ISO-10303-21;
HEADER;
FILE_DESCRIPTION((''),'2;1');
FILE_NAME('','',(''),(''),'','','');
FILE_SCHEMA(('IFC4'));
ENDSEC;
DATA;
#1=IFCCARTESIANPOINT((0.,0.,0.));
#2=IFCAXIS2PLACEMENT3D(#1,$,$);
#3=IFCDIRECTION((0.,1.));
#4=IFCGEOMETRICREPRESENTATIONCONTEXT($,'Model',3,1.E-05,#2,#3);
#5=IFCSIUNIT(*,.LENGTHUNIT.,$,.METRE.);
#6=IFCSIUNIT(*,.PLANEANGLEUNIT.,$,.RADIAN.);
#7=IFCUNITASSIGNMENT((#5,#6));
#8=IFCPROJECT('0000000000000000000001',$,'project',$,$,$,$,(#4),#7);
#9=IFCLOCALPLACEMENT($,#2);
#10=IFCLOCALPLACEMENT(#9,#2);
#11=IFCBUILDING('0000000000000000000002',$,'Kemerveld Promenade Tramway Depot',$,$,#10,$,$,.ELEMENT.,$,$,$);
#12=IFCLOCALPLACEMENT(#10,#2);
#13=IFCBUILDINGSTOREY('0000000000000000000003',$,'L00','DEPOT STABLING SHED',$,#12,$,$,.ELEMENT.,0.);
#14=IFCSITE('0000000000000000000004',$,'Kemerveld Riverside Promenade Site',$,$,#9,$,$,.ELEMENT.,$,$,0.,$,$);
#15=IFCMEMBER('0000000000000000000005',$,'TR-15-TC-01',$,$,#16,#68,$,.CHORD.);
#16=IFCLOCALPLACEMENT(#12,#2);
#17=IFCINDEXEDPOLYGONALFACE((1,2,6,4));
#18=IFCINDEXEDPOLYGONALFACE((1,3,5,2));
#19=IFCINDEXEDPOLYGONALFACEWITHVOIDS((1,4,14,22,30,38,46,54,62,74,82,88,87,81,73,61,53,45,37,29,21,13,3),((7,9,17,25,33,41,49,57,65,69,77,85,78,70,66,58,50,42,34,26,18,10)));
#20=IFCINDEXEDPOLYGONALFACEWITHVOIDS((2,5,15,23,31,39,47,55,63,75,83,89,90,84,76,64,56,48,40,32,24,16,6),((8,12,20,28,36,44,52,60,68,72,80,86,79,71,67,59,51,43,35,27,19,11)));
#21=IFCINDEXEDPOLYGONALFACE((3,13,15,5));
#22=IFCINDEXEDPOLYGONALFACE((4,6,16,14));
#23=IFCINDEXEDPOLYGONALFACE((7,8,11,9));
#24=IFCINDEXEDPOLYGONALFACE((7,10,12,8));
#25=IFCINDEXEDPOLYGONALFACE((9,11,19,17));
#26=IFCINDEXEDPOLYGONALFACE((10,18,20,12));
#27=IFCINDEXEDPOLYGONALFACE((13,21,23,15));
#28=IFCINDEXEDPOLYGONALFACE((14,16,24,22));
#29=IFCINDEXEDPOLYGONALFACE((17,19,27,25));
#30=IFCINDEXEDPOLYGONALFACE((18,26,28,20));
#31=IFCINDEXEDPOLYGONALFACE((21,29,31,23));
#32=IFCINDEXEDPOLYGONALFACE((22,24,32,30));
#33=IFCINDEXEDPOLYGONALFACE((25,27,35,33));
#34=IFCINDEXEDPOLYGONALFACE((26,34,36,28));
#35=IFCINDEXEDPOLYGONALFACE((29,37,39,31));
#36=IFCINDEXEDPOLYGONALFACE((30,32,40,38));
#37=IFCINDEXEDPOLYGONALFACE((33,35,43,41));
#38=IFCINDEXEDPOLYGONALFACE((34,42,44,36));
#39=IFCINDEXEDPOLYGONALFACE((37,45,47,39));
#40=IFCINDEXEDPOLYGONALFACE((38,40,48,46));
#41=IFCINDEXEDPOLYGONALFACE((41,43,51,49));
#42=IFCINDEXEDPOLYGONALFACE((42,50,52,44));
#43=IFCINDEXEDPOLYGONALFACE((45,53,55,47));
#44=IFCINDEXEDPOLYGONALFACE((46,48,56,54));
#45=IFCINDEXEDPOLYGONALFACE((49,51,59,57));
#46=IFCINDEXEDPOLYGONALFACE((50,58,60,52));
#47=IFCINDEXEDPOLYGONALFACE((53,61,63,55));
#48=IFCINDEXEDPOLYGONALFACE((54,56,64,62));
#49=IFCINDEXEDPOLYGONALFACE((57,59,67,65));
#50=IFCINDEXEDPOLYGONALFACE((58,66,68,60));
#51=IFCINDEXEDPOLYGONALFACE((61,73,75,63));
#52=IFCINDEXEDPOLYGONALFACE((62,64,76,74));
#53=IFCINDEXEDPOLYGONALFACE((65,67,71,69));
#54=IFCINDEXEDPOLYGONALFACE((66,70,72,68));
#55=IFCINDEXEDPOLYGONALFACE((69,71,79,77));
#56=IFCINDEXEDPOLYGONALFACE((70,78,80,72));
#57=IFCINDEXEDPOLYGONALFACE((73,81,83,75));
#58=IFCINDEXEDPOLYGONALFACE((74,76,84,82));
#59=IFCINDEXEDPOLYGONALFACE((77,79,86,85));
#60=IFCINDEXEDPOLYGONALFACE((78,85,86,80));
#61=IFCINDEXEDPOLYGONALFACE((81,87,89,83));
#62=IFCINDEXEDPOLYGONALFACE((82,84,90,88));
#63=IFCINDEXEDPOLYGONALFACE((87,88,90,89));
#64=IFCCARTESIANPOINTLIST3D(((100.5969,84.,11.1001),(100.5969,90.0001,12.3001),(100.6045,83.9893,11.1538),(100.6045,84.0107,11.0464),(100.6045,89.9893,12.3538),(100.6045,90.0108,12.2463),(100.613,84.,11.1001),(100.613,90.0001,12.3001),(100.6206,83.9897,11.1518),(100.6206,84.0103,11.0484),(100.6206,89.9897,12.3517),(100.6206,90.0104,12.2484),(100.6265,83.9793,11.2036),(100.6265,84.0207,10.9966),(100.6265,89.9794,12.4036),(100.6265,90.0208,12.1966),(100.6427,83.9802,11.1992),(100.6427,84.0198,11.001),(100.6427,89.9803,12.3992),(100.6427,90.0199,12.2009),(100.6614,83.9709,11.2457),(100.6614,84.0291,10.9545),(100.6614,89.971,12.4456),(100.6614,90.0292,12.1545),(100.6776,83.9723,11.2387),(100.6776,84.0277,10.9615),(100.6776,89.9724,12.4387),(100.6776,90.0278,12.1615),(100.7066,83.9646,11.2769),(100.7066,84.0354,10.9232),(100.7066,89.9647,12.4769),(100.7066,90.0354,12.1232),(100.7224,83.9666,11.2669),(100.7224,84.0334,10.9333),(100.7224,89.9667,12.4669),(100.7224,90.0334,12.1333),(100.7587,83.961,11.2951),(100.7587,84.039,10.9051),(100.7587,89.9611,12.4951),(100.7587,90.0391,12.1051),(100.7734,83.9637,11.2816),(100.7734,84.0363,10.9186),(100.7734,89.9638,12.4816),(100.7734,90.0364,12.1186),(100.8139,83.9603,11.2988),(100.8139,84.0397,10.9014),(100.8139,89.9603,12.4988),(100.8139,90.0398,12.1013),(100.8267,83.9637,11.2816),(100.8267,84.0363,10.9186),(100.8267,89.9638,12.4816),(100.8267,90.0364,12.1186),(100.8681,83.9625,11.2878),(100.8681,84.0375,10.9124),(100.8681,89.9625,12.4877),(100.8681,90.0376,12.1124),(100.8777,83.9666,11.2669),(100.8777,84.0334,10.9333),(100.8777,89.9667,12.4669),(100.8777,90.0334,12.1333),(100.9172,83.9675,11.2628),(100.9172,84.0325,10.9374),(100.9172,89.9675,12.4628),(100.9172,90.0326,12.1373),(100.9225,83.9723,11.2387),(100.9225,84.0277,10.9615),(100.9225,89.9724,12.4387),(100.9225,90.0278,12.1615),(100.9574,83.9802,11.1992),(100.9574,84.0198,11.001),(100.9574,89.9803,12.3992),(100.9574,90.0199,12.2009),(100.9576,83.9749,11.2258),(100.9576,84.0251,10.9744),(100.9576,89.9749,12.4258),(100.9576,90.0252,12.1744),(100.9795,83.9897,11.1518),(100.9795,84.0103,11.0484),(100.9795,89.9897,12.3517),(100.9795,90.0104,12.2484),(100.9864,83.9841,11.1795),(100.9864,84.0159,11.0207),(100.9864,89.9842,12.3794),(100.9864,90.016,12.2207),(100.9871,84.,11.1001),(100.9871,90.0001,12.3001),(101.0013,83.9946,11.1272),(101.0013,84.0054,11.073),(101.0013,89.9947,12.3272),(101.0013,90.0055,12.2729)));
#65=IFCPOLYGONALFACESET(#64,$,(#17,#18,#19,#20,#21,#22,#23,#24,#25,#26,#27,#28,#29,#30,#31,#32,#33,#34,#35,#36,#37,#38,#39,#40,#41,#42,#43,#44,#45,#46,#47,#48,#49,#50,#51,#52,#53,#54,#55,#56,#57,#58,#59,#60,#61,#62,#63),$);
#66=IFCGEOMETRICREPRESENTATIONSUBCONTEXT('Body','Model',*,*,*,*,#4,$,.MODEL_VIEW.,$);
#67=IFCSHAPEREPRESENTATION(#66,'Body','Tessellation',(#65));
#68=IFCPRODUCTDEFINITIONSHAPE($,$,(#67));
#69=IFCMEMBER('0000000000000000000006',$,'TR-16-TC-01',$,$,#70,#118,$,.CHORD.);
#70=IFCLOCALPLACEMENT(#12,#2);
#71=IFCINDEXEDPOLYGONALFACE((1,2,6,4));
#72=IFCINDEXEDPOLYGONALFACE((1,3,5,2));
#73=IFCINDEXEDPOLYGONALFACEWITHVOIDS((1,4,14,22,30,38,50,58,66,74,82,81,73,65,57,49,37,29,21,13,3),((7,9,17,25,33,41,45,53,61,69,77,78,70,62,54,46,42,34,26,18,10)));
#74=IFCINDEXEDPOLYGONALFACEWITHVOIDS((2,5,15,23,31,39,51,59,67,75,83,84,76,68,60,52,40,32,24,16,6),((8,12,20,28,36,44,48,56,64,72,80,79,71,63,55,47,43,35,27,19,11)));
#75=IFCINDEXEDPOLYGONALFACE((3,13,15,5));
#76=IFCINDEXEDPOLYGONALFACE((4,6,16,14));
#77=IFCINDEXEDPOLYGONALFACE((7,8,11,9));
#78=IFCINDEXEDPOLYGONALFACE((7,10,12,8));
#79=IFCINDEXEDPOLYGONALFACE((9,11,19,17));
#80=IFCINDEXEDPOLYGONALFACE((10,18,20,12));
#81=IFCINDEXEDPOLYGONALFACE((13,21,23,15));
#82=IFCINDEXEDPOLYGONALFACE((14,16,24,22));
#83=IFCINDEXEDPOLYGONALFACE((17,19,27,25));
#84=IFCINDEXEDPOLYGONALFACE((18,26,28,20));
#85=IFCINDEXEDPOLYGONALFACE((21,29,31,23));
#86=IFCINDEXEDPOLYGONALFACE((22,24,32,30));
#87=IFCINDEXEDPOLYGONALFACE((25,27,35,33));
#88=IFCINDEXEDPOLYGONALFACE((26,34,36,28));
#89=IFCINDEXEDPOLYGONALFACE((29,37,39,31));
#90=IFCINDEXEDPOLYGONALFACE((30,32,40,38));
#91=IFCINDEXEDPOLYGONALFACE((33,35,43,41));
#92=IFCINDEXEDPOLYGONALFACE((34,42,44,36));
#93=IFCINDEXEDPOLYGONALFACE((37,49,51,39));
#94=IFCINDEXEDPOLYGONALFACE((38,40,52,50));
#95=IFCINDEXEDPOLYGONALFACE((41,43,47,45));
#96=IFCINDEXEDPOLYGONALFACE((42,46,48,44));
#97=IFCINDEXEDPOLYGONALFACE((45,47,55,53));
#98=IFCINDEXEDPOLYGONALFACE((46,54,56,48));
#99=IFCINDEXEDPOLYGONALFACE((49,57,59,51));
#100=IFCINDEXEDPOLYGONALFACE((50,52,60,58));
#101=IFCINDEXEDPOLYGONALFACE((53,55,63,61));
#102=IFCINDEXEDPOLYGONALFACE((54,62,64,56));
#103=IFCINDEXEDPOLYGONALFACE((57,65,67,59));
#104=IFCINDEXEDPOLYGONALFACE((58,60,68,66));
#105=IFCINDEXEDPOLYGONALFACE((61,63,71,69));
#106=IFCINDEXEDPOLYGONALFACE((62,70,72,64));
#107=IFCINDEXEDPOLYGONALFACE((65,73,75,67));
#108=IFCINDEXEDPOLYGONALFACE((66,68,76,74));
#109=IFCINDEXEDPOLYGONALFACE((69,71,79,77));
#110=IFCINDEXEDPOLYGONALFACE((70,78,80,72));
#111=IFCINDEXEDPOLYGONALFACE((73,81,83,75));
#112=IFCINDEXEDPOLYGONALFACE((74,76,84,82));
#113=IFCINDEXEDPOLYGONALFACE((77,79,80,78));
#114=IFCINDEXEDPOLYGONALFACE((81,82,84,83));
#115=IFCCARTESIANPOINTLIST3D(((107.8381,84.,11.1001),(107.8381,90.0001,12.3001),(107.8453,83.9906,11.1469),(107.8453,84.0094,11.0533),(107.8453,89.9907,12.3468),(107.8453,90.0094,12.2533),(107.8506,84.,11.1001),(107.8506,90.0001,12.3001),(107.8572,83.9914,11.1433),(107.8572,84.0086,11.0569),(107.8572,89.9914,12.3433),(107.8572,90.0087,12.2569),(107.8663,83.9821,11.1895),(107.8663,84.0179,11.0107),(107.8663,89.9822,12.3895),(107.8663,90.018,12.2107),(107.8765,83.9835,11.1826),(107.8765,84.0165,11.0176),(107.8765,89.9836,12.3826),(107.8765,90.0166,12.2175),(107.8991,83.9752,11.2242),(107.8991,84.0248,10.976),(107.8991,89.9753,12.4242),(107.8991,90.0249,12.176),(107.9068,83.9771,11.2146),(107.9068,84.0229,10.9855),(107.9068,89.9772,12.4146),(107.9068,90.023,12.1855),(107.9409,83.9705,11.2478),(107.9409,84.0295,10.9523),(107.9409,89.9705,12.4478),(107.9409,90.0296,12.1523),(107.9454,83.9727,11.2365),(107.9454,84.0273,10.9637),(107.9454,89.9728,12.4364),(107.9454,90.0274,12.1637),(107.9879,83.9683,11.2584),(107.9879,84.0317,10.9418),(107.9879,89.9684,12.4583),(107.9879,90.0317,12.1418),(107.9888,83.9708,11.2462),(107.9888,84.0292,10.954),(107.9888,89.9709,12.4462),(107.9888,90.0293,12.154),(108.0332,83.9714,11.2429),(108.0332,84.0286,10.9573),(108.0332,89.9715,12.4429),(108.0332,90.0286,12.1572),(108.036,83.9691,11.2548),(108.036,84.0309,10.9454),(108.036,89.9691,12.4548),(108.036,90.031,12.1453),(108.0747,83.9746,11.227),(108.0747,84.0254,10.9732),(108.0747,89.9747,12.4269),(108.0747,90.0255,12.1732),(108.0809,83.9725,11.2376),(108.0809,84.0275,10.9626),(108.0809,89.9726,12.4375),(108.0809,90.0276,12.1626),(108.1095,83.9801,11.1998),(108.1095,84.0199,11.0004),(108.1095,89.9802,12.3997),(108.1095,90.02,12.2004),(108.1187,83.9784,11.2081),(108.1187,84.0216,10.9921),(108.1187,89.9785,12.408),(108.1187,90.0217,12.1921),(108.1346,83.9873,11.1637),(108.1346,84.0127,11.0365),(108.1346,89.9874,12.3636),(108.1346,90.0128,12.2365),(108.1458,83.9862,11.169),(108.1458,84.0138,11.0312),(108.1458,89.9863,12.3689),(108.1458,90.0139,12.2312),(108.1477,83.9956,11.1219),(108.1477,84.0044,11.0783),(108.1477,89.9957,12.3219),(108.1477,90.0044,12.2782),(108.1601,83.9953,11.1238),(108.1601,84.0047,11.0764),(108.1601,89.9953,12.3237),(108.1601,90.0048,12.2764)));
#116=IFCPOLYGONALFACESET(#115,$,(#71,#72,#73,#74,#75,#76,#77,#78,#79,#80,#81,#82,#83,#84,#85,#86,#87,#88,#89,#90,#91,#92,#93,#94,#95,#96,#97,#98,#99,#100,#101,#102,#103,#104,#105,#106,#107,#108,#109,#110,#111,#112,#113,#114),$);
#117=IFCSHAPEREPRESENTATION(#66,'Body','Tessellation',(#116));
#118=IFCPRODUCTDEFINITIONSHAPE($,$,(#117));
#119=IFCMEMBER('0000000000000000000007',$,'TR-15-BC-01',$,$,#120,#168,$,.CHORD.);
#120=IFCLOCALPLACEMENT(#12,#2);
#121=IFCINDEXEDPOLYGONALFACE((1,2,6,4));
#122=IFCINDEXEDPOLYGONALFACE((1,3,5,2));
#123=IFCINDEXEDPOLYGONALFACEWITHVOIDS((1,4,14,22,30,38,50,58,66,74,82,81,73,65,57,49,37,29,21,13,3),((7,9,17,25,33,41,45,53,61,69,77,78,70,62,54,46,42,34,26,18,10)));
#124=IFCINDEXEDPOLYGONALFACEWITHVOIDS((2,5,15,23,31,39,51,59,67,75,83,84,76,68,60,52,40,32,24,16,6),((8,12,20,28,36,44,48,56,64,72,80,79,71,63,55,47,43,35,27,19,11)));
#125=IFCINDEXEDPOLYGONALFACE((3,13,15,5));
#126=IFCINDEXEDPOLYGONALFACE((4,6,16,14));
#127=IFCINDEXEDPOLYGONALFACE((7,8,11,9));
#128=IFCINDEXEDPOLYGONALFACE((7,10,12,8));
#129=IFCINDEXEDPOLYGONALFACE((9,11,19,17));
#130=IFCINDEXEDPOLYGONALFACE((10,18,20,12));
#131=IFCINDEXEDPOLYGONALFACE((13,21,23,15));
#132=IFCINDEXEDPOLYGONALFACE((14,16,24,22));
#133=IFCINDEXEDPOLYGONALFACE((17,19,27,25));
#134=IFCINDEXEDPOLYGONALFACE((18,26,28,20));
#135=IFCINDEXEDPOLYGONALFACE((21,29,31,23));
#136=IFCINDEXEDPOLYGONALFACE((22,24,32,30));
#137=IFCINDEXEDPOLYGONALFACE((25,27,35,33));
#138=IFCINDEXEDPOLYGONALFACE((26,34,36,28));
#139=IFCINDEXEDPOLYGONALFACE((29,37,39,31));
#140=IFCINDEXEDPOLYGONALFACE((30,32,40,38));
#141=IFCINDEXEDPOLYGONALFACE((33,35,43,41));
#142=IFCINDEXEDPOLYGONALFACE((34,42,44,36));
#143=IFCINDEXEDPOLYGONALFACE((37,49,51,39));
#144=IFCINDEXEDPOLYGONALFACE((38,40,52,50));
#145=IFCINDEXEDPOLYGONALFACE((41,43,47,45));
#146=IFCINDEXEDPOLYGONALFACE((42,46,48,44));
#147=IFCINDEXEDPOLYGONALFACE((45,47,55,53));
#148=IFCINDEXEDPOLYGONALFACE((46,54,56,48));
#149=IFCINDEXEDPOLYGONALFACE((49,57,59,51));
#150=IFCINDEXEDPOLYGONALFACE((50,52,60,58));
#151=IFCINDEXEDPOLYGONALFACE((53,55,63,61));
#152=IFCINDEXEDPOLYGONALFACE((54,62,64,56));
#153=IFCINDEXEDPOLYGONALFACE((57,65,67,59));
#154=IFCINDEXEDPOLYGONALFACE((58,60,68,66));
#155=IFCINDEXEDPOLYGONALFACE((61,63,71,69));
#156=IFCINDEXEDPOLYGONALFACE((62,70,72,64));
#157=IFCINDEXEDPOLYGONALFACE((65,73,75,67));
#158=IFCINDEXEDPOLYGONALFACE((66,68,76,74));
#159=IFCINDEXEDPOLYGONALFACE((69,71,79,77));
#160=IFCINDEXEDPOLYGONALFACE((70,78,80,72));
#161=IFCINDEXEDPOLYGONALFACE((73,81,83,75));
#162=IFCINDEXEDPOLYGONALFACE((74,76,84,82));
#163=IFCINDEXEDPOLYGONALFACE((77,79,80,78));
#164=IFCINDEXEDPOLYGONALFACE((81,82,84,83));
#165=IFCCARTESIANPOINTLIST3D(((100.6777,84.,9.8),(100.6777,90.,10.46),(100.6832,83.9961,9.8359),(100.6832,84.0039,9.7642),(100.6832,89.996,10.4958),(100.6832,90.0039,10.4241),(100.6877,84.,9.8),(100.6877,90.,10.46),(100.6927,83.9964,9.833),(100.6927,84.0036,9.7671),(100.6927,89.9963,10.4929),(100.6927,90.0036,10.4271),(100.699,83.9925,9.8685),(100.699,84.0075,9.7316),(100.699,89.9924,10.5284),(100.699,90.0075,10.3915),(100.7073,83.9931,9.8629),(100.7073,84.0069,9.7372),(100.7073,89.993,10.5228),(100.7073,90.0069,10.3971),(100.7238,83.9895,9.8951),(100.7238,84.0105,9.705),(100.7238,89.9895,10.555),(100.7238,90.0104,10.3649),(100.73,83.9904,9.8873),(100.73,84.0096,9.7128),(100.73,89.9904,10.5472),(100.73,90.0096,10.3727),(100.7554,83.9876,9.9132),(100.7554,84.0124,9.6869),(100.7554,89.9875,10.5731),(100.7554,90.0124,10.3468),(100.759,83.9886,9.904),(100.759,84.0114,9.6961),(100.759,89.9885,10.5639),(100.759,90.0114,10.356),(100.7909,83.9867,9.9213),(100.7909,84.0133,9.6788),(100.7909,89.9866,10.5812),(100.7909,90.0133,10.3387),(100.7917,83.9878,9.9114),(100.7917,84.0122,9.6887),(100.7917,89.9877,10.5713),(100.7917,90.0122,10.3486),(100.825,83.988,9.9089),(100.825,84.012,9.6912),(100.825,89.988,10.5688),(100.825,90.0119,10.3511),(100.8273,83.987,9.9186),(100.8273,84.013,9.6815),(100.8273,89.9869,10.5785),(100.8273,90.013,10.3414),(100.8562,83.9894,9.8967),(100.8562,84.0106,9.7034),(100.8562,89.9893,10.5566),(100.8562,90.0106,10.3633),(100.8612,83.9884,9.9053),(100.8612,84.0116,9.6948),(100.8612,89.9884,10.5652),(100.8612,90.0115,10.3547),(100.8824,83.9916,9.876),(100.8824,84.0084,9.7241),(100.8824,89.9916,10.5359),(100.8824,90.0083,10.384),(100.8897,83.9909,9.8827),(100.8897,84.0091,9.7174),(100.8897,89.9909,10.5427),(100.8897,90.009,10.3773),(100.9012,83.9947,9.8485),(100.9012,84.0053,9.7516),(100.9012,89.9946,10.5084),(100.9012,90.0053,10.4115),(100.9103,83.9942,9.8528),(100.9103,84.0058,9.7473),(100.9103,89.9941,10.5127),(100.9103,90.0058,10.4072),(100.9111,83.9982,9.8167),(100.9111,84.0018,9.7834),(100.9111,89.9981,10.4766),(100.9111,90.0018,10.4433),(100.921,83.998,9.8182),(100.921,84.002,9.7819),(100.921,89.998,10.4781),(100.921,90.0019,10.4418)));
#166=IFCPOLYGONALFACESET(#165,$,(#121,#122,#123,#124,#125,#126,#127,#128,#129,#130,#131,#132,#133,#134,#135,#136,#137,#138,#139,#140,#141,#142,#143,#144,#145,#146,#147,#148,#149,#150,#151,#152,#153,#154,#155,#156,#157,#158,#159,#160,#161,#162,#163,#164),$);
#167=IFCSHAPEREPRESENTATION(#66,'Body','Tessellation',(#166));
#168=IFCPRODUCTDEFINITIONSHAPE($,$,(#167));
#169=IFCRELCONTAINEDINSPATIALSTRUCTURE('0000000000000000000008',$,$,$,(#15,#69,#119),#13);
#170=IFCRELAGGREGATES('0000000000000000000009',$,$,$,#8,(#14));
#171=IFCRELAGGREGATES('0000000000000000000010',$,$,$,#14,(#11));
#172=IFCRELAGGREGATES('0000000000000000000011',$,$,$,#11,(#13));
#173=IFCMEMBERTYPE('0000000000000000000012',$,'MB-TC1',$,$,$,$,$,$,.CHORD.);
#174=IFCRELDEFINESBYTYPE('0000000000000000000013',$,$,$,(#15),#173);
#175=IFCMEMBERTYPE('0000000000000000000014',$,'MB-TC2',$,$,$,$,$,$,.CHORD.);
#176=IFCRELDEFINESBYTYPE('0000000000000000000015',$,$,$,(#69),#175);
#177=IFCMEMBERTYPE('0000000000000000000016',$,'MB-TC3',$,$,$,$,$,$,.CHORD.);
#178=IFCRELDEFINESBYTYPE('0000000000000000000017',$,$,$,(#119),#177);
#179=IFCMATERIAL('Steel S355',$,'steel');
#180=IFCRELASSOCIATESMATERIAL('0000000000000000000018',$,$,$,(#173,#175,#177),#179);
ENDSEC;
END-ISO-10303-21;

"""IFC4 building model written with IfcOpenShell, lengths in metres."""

from ifc_helpers import new_model, si_unit, direction, frame, origin, origin_2d, place, context, subcontext, project, spatial, hollow_circle, extrude, material, material_profile, profile_set, type_object, element, save


model = new_model("IFC4")

# Units and contexts
model_context = context("Model", 3, precision=1e-05, world=origin(), true_north=direction((0.0, 1.0)))
body_context = subcontext(model_context, "Body", "Model", "MODEL_VIEW")
ifc_project = project(units=[si_unit("LENGTHUNIT", "METRE"), si_unit("PLANEANGLEUNIT", "RADIAN")], contexts=[model_context])

# Site, building, storey
site_placement = place(None, origin())
site = spatial("IfcSite", under=ifc_project, at=site_placement, Name="Kemerveld Riverside Promenade Site", CompositionType="ELEMENT", RefElevation=0.0)
building_placement = place(site_placement, origin())
building = spatial("IfcBuilding", under=site, at=building_placement, Name="Kemerveld Promenade Tramway Depot", CompositionType="ELEMENT")
storey_placement = place(building_placement, origin())
storey = spatial("IfcBuildingStorey", under=building, at=storey_placement, Name="L00", Description="DEPOT STABLING SHED", CompositionType="ELEMENT", Elevation=0.0)

# Shared definitions
ifc_material_1 = material(Name="Steel S355", Category="steel")

# Members
ifc_material_profile_1 = material_profile(ifc_material_1, hollow_circle(Radius=0.2031, WallThickness=0.0161, at=origin_2d()), Name="406.4x16.0 CHS")
ifc_profile_set_1 = profile_set([ifc_material_profile_1], Name="Steel S355")
member_type_1 = type_object("IfcMemberType", Name="MB-TC1", PredefinedType="CHORD", material=ifc_profile_set_1)
member_1_placement = place(storey_placement, frame((100.8, 84.0, 11.1001), z_axis=(0.0, 0.980582, 0.196108), x_axis=(-1.0, 0.0, 0.0)))
element("IfcMember", 1, at=member_1_placement, inside=storey, type_object=member_type_1, Name="TR-15-TC-01", PredefinedType="CHORD", context=body_context, shape_type="SweptSolid", body=[
    extrude(hollow_circle(Radius=0.2031, WallThickness=0.0161, at=origin_2d()), origin(), (0.0, 0.0, 1.0), 6.1189),
])
ifc_material_profile_2 = material_profile(ifc_material_1, hollow_circle(Radius=0.1619, WallThickness=0.0125, at=origin_2d()), Name="323.9x12.5 CHS")
ifc_profile_set_2 = profile_set([ifc_material_profile_2], Name="Steel S355")
member_type_2 = type_object("IfcMemberType", Name="MB-TC2", PredefinedType="CHORD", material=ifc_profile_set_2)
member_2_placement = place(storey_placement, frame((108.0, 84.0, 11.1001), z_axis=(0.0, 0.980582, 0.196108), x_axis=(-1.0, 0.0, 0.0)))
element("IfcMember", 2, at=member_2_placement, inside=storey, type_object=member_type_2, Name="TR-16-TC-01", PredefinedType="CHORD", context=body_context, shape_type="SweptSolid", body=[
    extrude(hollow_circle(Radius=0.1619, WallThickness=0.0125, at=origin_2d()), origin(), (0.0, 0.0, 1.0), 6.1189),
])
ifc_material_profile_3 = material_profile(ifc_material_1, hollow_circle(Radius=0.1223, WallThickness=0.01, at=origin_2d()), Name="244.5x10.0 CHS")
ifc_profile_set_3 = profile_set([ifc_material_profile_3], Name="Steel S355")
member_type_3 = type_object("IfcMemberType", Name="MB-TC3", PredefinedType="CHORD", material=ifc_profile_set_3)
member_3_placement = place(storey_placement, frame((100.8, 84.0, 9.8), z_axis=(0.0, 0.994006, 0.109326), x_axis=(-1.0, 0.0, 0.0)))
element("IfcMember", 3, at=member_3_placement, inside=storey, type_object=member_type_3, Name="TR-15-BC-01", PredefinedType="CHORD", context=body_context, shape_type="SweptSolid", body=[
    extrude(hollow_circle(Radius=0.1223, WallThickness=0.01, at=origin_2d()), origin(), (0.0, 0.0, 1.0), 6.0361),
])

save(model, "model.ifc")
